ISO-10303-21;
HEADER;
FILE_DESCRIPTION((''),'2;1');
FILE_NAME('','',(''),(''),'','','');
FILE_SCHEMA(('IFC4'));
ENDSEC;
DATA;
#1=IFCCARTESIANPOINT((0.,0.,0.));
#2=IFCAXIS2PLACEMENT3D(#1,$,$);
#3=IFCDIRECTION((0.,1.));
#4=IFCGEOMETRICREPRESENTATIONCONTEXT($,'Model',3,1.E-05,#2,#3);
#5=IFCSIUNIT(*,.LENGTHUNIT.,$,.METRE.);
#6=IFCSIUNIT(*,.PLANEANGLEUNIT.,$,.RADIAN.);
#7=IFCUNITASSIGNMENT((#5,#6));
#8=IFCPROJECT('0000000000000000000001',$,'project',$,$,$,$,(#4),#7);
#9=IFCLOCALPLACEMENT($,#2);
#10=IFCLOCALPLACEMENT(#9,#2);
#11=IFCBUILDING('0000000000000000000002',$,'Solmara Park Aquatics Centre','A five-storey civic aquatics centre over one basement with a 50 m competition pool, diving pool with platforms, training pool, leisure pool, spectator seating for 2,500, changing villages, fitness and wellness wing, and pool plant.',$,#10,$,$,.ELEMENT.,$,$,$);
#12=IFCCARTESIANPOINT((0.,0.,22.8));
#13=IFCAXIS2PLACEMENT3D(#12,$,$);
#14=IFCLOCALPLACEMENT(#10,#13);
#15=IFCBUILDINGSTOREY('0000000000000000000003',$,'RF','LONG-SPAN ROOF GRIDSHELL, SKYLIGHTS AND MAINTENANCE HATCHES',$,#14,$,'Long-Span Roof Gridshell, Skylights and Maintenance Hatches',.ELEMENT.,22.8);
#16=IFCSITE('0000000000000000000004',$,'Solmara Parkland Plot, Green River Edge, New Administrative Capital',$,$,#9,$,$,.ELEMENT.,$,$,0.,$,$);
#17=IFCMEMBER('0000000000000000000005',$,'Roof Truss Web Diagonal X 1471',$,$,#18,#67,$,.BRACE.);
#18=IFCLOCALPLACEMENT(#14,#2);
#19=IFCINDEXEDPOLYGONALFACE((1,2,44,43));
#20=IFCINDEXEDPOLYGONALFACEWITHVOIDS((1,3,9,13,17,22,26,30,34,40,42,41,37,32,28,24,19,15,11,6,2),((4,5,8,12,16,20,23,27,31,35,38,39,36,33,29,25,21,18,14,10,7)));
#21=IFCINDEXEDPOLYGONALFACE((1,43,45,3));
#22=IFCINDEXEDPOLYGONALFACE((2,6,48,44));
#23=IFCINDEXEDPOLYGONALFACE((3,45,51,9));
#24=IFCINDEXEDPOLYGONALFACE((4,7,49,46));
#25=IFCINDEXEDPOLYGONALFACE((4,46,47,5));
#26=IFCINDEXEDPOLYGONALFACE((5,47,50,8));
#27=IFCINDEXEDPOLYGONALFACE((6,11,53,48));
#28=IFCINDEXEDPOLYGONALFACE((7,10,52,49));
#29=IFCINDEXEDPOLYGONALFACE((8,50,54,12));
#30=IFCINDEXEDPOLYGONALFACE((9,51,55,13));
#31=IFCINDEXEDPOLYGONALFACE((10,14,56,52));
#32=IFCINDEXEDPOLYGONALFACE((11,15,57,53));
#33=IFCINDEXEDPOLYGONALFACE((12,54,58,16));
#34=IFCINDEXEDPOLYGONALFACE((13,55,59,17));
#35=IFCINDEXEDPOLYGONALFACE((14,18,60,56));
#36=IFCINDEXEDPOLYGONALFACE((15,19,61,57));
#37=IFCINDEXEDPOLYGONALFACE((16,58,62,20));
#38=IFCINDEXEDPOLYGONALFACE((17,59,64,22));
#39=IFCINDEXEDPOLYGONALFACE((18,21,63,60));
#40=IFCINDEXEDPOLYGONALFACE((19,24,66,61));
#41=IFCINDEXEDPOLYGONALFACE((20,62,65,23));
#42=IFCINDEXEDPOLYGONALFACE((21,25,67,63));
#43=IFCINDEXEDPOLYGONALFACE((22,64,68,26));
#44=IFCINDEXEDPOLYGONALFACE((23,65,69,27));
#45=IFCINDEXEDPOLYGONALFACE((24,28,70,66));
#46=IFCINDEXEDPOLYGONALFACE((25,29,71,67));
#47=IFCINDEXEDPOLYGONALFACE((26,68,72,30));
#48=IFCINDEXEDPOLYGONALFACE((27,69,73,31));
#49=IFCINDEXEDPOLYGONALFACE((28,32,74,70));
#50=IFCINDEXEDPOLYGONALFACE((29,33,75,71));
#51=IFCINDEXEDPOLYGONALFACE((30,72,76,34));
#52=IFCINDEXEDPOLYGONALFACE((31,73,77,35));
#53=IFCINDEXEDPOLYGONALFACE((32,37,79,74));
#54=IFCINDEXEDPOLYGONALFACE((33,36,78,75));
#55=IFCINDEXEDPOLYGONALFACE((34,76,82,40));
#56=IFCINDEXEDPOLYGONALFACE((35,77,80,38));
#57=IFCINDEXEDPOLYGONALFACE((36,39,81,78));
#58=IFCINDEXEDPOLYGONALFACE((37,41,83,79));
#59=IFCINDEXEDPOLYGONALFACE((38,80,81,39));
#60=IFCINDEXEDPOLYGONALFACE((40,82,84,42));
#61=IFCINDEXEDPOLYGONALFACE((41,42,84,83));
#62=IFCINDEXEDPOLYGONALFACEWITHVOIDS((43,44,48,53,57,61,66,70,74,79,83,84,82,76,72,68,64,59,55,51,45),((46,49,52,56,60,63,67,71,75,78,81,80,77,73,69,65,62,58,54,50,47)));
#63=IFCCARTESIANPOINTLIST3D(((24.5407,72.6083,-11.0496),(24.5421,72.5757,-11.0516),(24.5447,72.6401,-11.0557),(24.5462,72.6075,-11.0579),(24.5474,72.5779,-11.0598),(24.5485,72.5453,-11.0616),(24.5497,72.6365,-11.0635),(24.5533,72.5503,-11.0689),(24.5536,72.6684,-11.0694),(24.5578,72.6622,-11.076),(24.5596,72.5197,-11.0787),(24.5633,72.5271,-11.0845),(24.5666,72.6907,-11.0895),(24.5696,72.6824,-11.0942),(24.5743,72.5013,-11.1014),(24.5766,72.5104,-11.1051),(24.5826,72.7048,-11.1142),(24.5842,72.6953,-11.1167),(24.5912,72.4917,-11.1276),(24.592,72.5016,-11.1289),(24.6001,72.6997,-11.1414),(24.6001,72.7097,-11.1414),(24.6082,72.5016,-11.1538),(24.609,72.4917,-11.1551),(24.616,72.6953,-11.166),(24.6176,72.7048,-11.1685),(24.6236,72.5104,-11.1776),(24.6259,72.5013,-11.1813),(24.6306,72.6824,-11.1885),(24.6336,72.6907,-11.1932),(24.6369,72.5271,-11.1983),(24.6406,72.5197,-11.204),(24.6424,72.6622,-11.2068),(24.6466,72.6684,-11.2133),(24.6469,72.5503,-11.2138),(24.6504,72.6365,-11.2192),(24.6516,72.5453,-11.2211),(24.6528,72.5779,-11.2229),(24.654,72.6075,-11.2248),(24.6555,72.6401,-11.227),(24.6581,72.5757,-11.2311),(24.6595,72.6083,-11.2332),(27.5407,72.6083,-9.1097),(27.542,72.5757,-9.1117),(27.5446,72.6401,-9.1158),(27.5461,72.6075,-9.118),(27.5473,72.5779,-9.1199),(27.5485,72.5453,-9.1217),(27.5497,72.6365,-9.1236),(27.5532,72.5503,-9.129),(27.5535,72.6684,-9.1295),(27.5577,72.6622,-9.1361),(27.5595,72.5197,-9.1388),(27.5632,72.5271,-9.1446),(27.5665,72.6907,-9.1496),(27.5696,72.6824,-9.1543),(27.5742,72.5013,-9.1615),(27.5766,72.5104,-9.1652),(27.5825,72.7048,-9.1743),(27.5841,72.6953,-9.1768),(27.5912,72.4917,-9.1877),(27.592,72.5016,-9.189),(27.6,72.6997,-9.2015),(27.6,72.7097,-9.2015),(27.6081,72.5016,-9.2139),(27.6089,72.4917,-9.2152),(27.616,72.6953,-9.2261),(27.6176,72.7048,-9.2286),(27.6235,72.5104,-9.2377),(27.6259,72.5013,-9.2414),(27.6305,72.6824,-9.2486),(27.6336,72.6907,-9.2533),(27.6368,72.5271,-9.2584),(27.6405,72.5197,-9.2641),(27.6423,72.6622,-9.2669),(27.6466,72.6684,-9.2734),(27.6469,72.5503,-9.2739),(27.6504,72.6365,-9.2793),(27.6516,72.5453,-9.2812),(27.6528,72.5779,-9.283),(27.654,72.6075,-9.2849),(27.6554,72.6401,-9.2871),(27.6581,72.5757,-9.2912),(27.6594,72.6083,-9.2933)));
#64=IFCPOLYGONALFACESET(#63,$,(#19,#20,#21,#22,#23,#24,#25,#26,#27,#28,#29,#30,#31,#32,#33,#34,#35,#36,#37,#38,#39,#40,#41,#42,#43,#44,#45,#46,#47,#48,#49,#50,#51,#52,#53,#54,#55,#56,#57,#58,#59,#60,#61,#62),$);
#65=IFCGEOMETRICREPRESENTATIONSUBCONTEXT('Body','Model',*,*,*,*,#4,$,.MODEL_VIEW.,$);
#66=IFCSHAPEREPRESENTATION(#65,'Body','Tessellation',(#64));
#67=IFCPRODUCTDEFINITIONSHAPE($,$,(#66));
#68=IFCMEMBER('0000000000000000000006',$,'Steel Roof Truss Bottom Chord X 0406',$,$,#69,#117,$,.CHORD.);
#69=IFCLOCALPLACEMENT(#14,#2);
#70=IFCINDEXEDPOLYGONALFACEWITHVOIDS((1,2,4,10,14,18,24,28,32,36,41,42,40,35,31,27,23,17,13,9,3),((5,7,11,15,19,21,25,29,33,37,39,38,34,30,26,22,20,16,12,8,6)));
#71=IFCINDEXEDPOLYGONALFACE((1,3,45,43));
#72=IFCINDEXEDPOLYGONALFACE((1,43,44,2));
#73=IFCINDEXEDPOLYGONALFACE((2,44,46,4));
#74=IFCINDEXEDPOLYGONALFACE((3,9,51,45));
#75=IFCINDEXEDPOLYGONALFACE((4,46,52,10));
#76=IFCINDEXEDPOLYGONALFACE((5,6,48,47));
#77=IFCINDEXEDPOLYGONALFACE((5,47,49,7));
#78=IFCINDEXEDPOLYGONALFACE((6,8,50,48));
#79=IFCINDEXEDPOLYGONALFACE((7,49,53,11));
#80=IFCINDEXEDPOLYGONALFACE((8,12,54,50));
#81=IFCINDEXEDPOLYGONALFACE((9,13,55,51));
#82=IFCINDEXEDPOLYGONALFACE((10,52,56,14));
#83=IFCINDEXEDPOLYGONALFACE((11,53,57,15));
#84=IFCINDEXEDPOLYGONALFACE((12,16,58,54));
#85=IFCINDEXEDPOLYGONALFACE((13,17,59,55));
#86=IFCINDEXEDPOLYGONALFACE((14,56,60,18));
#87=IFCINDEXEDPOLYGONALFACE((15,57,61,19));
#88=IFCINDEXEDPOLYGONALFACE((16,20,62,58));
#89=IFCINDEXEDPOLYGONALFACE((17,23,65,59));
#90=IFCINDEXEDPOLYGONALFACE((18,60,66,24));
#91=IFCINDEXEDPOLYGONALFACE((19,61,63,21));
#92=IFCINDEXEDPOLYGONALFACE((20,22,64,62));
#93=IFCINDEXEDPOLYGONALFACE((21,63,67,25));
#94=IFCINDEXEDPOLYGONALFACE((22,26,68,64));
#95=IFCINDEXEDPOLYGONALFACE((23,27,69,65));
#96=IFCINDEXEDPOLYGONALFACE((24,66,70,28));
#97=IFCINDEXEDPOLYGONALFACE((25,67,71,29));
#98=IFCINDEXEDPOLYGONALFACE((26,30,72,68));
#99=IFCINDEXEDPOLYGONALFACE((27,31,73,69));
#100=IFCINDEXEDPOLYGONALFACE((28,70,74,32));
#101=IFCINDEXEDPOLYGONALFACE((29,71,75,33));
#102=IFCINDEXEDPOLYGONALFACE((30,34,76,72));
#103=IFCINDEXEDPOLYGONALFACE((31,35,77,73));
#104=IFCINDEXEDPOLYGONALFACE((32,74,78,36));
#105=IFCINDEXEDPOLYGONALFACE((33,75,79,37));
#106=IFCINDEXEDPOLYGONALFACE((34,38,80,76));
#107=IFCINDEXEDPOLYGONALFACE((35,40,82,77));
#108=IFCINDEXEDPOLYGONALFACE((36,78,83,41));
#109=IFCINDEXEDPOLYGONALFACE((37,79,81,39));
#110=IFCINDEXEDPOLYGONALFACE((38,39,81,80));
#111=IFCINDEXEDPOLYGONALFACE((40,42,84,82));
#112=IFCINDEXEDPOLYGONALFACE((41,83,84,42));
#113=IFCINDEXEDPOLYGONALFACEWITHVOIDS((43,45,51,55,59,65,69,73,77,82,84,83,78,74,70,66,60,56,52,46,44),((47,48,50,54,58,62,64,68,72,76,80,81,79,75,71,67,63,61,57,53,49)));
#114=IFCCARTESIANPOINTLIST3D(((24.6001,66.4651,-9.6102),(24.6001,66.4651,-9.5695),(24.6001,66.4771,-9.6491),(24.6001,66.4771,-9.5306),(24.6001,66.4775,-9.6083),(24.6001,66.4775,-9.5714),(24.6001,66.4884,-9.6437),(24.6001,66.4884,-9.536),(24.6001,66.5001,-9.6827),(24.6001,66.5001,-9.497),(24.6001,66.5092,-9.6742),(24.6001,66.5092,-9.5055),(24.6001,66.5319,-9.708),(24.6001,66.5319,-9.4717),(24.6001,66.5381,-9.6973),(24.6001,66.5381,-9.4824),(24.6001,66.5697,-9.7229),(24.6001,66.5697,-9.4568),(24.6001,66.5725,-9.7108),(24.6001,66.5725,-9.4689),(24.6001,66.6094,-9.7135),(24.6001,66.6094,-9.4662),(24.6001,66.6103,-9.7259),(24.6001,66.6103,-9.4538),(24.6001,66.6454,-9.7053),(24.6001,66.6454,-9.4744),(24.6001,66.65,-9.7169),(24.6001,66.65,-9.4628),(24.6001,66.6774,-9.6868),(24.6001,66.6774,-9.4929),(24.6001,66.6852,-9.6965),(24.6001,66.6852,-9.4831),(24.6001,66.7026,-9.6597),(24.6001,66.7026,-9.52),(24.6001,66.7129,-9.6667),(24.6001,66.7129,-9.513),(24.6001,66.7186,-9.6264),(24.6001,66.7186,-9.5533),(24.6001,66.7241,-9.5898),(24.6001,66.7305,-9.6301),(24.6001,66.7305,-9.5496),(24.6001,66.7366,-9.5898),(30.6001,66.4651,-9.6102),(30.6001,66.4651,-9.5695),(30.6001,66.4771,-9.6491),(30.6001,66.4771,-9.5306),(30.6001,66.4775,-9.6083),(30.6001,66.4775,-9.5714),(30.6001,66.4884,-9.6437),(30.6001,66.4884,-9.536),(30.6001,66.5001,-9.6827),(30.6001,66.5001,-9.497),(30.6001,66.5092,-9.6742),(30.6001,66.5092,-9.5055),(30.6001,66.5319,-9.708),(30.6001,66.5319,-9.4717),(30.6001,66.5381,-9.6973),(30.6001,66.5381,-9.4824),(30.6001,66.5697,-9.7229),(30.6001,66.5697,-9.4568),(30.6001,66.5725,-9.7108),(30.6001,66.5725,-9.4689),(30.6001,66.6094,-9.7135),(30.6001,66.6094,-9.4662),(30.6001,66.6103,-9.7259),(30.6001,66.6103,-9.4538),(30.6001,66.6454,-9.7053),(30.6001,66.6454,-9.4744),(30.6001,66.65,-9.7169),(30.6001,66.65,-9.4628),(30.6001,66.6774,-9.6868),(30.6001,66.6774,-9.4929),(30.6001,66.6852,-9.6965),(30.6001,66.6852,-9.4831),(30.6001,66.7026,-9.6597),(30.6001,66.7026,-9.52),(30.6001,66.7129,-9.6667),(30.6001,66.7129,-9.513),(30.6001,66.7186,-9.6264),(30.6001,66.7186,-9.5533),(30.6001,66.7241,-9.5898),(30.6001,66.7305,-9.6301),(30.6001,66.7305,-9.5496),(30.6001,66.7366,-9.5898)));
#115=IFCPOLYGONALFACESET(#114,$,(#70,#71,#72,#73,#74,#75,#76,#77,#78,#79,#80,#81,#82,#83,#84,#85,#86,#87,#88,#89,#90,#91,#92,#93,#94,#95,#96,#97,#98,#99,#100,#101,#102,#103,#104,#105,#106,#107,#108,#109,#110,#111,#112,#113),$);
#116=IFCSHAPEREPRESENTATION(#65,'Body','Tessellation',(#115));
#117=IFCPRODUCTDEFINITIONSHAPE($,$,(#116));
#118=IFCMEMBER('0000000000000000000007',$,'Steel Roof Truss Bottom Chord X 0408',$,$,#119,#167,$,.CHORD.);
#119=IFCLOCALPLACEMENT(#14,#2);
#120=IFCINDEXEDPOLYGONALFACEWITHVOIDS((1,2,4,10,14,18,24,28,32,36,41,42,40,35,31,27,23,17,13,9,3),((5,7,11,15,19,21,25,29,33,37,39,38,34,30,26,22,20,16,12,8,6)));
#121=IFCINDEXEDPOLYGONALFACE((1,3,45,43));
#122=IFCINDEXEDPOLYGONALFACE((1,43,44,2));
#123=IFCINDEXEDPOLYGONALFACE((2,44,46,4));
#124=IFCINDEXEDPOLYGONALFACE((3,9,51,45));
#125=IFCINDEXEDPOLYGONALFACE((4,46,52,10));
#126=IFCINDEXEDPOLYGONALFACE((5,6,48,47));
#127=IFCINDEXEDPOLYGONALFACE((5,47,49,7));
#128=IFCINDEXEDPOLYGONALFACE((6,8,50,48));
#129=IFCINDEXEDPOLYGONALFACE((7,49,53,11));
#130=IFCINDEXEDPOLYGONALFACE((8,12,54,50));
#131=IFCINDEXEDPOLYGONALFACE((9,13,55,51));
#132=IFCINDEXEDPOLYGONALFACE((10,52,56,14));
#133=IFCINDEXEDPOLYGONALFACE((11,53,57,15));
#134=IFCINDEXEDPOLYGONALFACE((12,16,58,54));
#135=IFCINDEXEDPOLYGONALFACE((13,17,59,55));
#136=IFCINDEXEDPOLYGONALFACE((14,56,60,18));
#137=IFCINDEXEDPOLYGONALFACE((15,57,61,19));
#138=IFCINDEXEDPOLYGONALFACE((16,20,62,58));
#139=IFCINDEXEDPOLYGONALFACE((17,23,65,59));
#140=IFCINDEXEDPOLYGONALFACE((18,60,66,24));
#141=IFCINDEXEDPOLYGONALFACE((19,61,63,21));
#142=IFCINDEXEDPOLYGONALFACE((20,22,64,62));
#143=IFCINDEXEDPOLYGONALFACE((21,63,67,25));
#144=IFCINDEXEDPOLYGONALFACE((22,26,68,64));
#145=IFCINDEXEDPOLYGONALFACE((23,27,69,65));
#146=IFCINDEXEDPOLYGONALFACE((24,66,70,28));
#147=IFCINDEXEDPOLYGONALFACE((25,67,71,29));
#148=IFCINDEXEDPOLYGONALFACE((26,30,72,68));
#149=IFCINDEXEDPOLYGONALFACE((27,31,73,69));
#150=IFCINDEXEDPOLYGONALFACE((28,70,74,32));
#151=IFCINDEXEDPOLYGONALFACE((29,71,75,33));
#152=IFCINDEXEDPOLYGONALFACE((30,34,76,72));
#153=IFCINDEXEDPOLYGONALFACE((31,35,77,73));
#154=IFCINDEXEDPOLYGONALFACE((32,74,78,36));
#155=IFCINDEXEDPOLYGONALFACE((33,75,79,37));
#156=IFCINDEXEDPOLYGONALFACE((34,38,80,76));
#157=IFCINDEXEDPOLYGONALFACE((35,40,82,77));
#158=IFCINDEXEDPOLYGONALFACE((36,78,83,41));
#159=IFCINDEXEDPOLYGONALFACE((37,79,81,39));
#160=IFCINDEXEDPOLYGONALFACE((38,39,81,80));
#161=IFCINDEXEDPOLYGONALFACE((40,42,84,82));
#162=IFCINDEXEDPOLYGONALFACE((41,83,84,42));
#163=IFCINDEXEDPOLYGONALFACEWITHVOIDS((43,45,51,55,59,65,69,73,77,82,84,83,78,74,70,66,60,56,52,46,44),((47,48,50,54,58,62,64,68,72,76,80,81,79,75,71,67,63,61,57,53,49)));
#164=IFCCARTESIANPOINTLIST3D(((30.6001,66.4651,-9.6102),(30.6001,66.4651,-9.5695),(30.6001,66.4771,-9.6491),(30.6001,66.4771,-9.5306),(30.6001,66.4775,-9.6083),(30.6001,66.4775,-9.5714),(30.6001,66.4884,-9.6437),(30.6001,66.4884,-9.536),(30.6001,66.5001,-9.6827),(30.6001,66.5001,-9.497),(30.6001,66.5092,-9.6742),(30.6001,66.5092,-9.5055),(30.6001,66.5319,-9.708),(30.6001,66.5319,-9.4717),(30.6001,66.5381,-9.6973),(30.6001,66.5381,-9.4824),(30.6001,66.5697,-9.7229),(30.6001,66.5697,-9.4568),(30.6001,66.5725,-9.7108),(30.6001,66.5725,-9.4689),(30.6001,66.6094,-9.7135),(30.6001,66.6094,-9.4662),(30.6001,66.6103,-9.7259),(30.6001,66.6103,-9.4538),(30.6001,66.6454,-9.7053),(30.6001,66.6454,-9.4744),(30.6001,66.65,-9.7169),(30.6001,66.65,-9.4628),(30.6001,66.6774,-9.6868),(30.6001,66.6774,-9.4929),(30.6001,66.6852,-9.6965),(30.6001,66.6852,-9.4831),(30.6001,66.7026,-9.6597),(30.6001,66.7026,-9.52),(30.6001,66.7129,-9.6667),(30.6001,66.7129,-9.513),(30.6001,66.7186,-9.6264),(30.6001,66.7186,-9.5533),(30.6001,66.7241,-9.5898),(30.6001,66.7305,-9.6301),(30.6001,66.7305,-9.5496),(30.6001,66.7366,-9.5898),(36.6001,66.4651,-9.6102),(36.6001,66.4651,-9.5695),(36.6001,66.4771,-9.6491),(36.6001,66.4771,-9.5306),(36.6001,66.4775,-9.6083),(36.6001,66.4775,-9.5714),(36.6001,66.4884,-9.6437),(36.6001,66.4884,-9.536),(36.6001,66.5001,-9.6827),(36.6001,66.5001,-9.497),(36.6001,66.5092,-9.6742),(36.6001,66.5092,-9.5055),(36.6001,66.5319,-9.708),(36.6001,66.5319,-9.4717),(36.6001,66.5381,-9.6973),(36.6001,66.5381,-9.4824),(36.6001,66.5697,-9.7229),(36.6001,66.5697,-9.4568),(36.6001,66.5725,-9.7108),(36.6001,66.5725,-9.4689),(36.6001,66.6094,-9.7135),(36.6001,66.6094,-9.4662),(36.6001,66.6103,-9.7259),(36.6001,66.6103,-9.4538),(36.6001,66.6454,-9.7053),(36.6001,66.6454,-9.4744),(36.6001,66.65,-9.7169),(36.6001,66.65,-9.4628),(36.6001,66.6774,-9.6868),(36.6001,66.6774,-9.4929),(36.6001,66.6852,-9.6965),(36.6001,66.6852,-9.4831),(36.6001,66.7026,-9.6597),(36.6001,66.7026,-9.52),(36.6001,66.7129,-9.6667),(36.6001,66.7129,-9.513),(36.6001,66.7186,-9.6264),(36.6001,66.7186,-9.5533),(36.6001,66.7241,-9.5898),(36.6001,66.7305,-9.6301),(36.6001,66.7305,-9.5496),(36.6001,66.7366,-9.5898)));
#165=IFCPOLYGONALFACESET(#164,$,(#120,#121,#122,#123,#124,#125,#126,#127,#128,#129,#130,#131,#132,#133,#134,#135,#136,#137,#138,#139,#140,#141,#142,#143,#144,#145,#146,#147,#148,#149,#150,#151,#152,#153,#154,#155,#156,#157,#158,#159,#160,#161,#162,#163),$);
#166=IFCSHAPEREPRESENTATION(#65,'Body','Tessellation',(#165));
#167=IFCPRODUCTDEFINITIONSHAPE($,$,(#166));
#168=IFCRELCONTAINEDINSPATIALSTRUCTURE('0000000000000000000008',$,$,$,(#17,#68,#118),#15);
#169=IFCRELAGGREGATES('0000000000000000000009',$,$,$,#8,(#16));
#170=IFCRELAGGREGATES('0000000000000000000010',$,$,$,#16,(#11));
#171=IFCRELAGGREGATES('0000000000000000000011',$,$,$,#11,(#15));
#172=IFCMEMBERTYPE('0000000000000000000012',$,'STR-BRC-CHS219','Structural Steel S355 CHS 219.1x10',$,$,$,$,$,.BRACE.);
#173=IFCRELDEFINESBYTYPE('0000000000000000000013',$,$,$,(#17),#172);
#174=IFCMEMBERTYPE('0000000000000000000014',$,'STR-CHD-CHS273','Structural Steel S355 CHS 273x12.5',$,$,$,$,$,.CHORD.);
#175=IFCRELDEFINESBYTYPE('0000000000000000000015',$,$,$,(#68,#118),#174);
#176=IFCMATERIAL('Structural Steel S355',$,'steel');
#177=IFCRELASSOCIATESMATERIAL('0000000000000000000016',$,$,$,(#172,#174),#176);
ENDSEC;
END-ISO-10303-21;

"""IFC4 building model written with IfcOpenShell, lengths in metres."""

from ifc_helpers import new_model, si_unit, direction, frame, origin, origin_2d, place, context, subcontext, project, spatial, hollow_circle, extrude, material, material_profile, profile_set, type_object, element, save


model = new_model("IFC4")

# Units and contexts
model_context = context("Model", 3, precision=1e-05, world=origin(), true_north=direction((0.0, 1.0)))
body_context = subcontext(model_context, "Body", "Model", "MODEL_VIEW")
ifc_project = project(units=[si_unit("LENGTHUNIT", "METRE"), si_unit("PLANEANGLEUNIT", "RADIAN")], contexts=[model_context])

# Site, building, storey
site_placement = place(None, origin())
site = spatial("IfcSite", under=ifc_project, at=site_placement, Name="Solmara Parkland Plot, Green River Edge, New Administrative Capital", CompositionType="ELEMENT", RefElevation=0.0)
building_placement = place(site_placement, origin())
building = spatial("IfcBuilding", under=site, at=building_placement, Name="Solmara Park Aquatics Centre", Description="A five-storey civic aquatics centre over one basement with a 50 m competition pool, diving pool with platforms, training pool, leisure pool, spectator seating for 2,500, changing villages, fitness and wellness wing, and pool plant.", CompositionType="ELEMENT")
storey_placement = place(building_placement, frame((0.0, 0.0, 22.8)))
storey = spatial("IfcBuildingStorey", under=building, at=storey_placement, Name="RF", Description="LONG-SPAN ROOF GRIDSHELL, SKYLIGHTS AND MAINTENANCE HATCHES", LongName="Long-Span Roof Gridshell, Skylights and Maintenance Hatches", CompositionType="ELEMENT", Elevation=22.8)

# Members
ifc_material_1 = material(Name="Structural Steel S355", Category="steel")
ifc_material_profile_1 = material_profile(ifc_material_1, hollow_circle(Radius=0.1096, WallThickness=0.01, at=origin_2d()), Name="CHS 219.1x10")
ifc_profile_set_1 = profile_set([ifc_material_profile_1], Name="Structural Steel S355")
member_type_1 = type_object("IfcMemberType", Name="STR-BRC-CHS219", Description="Structural Steel S355 CHS 219.1x10", PredefinedType="BRACE", material=ifc_profile_set_1)
for number, where, z_axis, x_axis, name in (
    (1, (24.6001, 72.6001, -11.1414), (0.839728, 0.0, 0.543008), (0.0, 1.0, 0.0), "Roof Truss Web Diagonal X 1471"),
):
    element("IfcMember", number, at=place(storey_placement, frame(where, z_axis=z_axis, x_axis=x_axis)), inside=storey, type_object=member_type_1, Name=name, PredefinedType="BRACE", context=body_context, shape_type="SweptSolid", body=[
        extrude(hollow_circle(Radius=0.1096, WallThickness=0.01, at=origin_2d()), origin(), (0.0, 0.0, 1.0), 3.5725),
    ])
ifc_material_profile_2 = material_profile(ifc_material_1, hollow_circle(Radius=0.1365, WallThickness=0.0125, at=origin_2d()), Name="CHS 273x12.5")
ifc_profile_set_2 = profile_set([ifc_material_profile_2], Name="Structural Steel S355")
member_type_2 = type_object("IfcMemberType", Name="STR-CHD-CHS273", Description="Structural Steel S355 CHS 273x12.5", PredefinedType="CHORD", material=ifc_profile_set_2)
for number, where, z_axis, x_axis, name in (
    (2, (24.6001, 66.6001, -9.5898), (1.0, 0.0, 0.0), (0.0, 1.0, 0.0), "Steel Roof Truss Bottom Chord X 0406"),
    (3, (30.6001, 66.6001, -9.5898), (1.0, 0.0, 0.0), (0.0, 1.0, 0.0), "Steel Roof Truss Bottom Chord X 0408"),
):
    element("IfcMember", number, at=place(storey_placement, frame(where, z_axis=z_axis, x_axis=x_axis)), inside=storey, type_object=member_type_2, Name=name, PredefinedType="CHORD", context=body_context, shape_type="SweptSolid", body=[
        extrude(hollow_circle(Radius=0.1365, WallThickness=0.0125, at=origin_2d()), origin(), (0.0, 0.0, 1.0), 6.0),
    ])

save(model, "model.ifc")
